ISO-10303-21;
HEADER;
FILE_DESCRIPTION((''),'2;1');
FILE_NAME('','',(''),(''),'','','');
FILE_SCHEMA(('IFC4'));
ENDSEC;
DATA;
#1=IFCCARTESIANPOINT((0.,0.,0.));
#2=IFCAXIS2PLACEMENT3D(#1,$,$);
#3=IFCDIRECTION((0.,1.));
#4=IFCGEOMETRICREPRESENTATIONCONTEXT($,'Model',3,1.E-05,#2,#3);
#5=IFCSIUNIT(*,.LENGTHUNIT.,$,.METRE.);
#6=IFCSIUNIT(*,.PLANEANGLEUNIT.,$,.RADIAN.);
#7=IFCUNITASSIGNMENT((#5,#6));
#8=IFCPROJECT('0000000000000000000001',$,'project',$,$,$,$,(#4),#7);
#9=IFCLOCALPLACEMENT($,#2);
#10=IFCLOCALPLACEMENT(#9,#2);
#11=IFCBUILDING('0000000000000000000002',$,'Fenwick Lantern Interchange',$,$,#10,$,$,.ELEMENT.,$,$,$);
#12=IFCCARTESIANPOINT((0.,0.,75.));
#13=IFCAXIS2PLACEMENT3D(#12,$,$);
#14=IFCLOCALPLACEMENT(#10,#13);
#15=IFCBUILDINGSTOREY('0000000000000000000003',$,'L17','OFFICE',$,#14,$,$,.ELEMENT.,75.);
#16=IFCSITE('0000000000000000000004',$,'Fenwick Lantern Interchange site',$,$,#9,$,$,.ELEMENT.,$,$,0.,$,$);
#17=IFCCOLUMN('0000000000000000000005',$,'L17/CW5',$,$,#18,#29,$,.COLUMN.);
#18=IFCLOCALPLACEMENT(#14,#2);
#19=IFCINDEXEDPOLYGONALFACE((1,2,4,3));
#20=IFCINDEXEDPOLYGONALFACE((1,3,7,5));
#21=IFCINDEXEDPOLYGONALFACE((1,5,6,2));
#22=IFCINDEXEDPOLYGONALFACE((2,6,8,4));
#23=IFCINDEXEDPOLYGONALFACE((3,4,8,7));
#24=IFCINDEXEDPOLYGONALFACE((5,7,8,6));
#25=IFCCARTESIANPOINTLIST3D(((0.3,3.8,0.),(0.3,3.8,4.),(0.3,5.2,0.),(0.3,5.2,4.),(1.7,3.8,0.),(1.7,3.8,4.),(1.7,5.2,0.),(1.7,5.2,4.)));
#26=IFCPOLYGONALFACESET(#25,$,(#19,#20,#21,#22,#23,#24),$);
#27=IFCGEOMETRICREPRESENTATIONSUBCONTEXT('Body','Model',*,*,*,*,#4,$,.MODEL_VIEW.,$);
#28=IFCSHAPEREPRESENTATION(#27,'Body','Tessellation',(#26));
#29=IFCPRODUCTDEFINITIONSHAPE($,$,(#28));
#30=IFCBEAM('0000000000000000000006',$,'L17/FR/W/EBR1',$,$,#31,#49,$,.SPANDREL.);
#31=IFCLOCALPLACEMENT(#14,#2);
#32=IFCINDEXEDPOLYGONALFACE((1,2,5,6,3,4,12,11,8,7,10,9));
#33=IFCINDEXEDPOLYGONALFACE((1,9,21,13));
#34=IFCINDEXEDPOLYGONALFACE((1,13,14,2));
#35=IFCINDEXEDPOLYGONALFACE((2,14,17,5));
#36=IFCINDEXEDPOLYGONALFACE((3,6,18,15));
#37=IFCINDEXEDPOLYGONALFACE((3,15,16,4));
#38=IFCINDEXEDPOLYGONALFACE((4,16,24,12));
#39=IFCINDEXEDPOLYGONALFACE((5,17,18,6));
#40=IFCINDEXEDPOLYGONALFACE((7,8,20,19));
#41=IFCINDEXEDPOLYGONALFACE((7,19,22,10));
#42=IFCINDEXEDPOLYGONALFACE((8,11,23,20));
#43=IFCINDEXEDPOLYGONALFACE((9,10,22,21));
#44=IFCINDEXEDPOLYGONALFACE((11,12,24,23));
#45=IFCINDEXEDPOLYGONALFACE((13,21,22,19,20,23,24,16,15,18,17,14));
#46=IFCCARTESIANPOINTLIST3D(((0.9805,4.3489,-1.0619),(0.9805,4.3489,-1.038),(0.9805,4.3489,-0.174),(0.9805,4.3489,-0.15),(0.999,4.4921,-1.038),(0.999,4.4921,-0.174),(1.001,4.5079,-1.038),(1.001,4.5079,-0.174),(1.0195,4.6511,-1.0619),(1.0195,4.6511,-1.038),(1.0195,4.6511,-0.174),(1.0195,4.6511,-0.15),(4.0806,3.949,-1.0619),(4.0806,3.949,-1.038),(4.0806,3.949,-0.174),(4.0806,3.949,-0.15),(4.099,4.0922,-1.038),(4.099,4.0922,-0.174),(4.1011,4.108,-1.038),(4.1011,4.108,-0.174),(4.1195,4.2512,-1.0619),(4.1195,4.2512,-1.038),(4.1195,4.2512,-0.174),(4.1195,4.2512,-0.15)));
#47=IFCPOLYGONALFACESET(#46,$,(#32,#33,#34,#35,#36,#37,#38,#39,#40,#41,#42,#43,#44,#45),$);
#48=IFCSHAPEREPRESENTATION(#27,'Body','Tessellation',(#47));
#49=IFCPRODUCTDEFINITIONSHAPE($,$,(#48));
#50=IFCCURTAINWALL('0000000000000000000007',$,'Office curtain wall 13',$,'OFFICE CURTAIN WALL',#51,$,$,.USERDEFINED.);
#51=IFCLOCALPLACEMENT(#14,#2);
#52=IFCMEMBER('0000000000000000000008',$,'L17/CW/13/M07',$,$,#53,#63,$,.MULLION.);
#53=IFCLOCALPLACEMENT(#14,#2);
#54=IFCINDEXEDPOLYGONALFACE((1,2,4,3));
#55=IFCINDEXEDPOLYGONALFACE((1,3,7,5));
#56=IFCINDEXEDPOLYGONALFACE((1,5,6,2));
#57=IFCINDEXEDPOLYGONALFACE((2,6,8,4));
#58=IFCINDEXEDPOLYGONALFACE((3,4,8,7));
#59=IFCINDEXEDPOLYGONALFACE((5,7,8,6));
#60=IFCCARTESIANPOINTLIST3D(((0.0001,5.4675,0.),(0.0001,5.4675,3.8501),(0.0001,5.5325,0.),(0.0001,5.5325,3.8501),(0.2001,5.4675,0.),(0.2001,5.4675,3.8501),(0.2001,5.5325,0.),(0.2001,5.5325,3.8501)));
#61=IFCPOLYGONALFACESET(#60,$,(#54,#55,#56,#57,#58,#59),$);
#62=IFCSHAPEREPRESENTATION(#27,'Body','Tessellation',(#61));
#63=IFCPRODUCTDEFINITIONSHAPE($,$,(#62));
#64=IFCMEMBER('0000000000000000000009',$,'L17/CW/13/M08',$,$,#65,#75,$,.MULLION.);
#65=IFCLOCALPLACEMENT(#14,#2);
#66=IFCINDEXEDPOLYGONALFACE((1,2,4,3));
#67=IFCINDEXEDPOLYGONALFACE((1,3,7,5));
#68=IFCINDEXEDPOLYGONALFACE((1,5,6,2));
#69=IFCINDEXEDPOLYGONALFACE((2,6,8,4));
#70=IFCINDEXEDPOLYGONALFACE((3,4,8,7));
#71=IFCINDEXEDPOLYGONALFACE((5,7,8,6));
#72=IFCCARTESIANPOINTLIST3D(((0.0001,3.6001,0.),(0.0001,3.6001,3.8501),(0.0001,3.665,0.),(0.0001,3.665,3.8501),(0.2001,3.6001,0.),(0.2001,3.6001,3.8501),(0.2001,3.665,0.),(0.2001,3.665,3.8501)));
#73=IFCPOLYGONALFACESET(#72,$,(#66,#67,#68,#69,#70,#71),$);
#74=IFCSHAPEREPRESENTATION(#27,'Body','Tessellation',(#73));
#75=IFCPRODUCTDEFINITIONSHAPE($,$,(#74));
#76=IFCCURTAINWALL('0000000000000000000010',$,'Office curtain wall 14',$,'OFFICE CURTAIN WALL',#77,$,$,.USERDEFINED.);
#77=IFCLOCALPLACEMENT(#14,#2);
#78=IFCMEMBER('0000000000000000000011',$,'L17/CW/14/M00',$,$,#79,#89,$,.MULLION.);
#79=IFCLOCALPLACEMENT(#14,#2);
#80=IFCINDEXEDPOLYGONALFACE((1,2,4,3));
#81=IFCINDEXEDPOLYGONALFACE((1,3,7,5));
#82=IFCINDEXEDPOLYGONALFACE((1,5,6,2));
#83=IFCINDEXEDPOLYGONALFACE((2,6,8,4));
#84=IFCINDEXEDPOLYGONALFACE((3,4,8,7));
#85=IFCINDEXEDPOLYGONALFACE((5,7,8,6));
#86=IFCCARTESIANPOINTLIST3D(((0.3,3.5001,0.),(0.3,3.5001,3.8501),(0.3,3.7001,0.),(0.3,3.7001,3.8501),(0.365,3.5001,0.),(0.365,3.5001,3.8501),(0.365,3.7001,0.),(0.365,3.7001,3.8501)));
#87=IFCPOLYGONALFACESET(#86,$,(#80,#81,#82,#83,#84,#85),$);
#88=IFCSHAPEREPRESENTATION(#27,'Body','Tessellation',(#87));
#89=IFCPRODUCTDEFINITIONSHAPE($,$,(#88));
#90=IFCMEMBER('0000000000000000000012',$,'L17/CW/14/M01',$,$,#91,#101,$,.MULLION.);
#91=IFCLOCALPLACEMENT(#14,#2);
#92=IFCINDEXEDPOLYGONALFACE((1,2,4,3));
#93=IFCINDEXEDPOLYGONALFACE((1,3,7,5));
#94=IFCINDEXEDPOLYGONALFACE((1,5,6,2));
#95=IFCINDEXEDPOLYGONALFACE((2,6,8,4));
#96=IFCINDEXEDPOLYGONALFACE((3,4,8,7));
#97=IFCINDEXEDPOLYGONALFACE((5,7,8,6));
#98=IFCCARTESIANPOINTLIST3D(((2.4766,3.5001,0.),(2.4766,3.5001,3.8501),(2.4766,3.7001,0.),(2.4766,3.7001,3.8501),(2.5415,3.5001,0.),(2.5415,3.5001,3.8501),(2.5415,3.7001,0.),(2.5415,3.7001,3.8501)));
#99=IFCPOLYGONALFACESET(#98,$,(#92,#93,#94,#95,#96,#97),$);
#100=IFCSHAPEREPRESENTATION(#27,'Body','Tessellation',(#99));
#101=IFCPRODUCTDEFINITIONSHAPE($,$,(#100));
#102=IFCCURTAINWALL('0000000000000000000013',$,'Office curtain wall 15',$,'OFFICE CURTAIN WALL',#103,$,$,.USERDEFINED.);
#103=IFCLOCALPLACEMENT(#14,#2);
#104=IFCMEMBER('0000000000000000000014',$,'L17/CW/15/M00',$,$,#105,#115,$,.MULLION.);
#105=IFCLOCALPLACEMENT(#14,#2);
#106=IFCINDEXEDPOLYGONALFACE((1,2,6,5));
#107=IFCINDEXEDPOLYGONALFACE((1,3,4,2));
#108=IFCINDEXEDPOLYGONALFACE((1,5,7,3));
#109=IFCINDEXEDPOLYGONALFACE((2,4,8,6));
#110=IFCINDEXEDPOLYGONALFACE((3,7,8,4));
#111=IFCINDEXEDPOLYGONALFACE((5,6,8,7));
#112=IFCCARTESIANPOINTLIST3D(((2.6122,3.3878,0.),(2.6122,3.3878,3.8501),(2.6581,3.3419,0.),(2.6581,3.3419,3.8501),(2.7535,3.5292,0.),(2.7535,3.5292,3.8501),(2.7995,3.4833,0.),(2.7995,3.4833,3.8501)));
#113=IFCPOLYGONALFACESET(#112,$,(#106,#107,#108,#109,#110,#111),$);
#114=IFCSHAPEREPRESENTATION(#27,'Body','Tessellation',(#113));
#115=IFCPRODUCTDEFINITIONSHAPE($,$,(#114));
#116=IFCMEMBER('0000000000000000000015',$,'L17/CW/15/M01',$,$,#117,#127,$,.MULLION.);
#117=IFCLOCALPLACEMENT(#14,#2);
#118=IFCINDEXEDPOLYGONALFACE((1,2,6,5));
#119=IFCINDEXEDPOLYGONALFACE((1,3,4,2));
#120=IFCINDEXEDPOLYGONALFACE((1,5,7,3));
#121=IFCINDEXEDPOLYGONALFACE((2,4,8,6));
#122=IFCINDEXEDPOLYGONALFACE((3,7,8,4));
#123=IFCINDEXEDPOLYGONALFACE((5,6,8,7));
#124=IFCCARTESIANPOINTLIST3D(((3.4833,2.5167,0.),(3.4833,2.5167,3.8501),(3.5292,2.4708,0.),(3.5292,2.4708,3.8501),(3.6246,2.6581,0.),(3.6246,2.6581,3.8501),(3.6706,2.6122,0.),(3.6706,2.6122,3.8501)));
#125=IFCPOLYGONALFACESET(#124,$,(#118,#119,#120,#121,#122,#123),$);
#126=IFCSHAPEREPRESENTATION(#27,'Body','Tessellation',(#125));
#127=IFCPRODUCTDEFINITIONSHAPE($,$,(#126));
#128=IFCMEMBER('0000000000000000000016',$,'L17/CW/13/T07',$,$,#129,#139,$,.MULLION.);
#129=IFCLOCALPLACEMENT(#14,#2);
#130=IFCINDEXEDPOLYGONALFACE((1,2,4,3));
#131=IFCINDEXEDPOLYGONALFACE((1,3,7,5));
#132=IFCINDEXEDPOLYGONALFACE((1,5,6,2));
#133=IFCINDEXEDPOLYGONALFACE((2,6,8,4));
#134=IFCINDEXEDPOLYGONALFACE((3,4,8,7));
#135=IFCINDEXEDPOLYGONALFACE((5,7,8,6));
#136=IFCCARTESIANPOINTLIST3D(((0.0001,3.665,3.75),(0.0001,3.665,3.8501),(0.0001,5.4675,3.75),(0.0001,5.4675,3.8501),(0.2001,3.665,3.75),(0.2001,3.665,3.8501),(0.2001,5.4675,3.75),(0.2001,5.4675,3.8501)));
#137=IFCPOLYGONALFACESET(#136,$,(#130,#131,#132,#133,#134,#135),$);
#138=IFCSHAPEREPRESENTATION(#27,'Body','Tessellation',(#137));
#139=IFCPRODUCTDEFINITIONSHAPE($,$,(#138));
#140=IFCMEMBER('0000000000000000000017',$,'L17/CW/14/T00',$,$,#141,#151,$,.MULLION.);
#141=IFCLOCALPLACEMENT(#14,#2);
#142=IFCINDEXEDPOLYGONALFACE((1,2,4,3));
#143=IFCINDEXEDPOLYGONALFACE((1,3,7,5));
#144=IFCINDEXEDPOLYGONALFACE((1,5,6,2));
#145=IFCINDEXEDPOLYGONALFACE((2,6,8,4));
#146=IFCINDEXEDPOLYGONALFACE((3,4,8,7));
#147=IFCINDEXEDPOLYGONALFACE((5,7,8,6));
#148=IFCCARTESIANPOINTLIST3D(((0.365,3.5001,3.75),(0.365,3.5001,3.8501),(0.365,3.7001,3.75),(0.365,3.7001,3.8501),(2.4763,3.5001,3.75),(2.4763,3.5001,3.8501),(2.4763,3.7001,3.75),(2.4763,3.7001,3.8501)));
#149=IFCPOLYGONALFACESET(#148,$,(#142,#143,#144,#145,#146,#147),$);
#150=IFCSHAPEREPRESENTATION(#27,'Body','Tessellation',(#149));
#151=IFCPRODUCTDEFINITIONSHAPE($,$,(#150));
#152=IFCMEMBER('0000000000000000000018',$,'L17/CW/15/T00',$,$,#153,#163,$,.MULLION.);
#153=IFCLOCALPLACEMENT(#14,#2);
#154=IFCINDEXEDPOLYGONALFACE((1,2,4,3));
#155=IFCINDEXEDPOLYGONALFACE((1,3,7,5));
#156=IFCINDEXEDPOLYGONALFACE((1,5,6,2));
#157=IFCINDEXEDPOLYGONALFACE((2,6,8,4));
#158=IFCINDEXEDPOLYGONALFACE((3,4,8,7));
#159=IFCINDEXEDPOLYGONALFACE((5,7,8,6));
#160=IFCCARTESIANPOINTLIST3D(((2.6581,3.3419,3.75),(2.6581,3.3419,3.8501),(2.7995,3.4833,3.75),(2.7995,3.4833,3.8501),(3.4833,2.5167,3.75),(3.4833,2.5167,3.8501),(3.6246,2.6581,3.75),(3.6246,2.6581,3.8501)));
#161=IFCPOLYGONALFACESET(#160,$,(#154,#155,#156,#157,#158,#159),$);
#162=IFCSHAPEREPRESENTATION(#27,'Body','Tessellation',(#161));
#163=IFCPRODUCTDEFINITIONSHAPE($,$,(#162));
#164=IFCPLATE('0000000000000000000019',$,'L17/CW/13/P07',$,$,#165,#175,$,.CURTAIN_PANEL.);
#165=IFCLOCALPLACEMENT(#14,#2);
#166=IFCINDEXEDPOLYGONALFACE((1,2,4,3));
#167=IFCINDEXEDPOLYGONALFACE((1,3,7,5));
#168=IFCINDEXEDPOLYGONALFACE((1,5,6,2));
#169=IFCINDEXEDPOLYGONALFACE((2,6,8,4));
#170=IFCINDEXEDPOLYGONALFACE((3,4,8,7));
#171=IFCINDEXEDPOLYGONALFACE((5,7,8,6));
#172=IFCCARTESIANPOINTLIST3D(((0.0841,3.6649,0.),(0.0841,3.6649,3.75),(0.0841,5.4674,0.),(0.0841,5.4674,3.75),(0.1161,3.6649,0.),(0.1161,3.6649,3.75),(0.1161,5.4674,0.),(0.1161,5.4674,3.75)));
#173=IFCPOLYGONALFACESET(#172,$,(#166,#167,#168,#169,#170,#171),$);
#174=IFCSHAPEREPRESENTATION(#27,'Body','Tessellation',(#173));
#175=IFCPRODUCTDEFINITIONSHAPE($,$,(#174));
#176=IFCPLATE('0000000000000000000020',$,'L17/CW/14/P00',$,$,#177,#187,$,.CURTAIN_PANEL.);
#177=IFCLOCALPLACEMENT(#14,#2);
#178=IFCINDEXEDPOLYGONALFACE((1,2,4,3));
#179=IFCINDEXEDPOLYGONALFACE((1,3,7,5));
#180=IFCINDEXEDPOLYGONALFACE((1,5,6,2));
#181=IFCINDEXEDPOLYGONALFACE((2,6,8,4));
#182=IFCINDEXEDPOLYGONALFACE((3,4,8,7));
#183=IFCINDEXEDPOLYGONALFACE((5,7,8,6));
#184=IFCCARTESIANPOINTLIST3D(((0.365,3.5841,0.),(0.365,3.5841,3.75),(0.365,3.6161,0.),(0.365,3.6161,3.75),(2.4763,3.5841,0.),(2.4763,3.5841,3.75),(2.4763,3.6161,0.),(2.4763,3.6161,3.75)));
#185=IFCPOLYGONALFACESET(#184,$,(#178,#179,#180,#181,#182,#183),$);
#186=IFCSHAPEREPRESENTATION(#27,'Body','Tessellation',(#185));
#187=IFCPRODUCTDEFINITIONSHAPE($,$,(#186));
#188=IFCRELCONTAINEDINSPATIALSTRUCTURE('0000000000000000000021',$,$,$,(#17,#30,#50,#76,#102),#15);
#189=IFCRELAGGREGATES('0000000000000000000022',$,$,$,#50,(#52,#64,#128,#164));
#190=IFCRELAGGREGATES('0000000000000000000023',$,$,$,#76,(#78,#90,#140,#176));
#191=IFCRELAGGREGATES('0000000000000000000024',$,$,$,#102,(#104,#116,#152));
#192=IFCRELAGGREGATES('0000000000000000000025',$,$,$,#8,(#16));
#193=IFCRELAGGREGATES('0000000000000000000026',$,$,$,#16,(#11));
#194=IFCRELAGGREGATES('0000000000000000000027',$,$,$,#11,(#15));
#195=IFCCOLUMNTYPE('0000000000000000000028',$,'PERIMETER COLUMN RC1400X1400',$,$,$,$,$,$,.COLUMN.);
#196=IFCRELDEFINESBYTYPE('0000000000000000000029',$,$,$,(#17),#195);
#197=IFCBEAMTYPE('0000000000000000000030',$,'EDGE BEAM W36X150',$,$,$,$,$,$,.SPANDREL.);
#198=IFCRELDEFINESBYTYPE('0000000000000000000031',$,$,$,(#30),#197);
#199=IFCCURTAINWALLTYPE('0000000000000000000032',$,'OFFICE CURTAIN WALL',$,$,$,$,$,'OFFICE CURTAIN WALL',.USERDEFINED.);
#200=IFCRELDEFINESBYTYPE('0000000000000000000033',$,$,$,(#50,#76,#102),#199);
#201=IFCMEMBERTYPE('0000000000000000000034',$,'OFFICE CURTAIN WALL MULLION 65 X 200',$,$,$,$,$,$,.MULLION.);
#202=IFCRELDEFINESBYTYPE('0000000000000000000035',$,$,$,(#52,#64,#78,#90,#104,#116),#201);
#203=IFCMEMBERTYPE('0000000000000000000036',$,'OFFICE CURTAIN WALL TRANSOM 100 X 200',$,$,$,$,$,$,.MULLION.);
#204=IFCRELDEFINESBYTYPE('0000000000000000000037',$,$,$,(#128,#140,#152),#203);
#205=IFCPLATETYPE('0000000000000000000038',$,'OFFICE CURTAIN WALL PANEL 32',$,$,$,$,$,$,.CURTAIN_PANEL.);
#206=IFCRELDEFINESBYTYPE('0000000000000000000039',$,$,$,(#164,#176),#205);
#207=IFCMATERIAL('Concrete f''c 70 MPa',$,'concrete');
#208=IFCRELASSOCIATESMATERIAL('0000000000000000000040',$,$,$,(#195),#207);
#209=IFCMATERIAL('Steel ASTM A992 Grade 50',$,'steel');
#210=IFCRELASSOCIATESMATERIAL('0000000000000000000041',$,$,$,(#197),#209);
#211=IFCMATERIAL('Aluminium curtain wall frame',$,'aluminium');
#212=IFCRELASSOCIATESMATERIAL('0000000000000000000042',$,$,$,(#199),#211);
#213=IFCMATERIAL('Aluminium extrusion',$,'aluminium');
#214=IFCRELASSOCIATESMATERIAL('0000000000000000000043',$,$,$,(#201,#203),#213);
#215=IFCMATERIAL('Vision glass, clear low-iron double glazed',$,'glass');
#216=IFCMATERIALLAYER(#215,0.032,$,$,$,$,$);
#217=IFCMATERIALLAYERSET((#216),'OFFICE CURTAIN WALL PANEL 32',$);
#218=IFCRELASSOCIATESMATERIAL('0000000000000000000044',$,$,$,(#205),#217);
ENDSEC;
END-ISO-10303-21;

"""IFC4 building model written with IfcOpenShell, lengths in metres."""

from ifc_helpers import new_model, si_unit, direction, frame, origin, origin_2d, place, context, subcontext, project, spatial, rectangle, i_section, extrude, material, layer, layer_set, material_profile, profile_set, type_object, element, aggregate, save


model = new_model("IFC4")

# Units and contexts
model_context = context("Model", 3, precision=1e-05, world=origin(), true_north=direction((0.0, 1.0)))
body_context = subcontext(model_context, "Body", "Model", "MODEL_VIEW")
ifc_project = project(units=[si_unit("LENGTHUNIT", "METRE"), si_unit("PLANEANGLEUNIT", "RADIAN")], contexts=[model_context])

# Site, building, storey
site_placement = place(None, origin())
site = spatial("IfcSite", under=ifc_project, at=site_placement, Name="Fenwick Lantern Interchange site", CompositionType="ELEMENT", RefElevation=0.0)
building_placement = place(site_placement, origin())
building = spatial("IfcBuilding", under=site, at=building_placement, Name="Fenwick Lantern Interchange", CompositionType="ELEMENT")
storey_placement = place(building_placement, frame((0.0, 0.0, 75.0)))
storey = spatial("IfcBuildingStorey", under=building, at=storey_placement, Name="L17", Description="OFFICE", CompositionType="ELEMENT", Elevation=75.0)

# Column
ifc_material_1 = material(Name="Concrete f'c 70 MPa", Category="concrete")
ifc_material_profile_1 = material_profile(ifc_material_1, rectangle(XDim=1.3999, YDim=1.3999, at=origin_2d()), Name="RC1400X1400")
ifc_profile_set_1 = profile_set([ifc_material_profile_1], Name="Concrete f'c 70 MPa")
column_type = type_object("IfcColumnType", Name="PERIMETER COLUMN RC1400X1400", PredefinedType="COLUMN", material=ifc_profile_set_1)
column_placement = place(storey_placement, frame((1.0, 4.5, 0.0), z_axis=(0.0, 0.0, 1.0), x_axis=(1.0, 0.0, 0.0)))
element("IfcColumn", 1, at=column_placement, inside=storey, type_object=column_type, Name="L17/CW5", PredefinedType="COLUMN", context=body_context, shape_type="SweptSolid", body=[
    extrude(rectangle(XDim=1.3999, YDim=1.3999, at=origin_2d()), origin(), (0.0, 0.0, 1.0), 4.0),
])

# Beam
ifc_material_2 = material(Name="Steel ASTM A992 Grade 50", Category="steel")
ifc_material_profile_2 = material_profile(ifc_material_2, i_section(OverallWidth=0.3047, OverallDepth=0.9119, WebThickness=0.0159, FlangeThickness=0.0239, at=origin_2d()), Name="W36X150")
ifc_profile_set_2 = profile_set([ifc_material_profile_2], Name="Steel ASTM A992 Grade 50")
beam_type = type_object("IfcBeamType", Name="EDGE BEAM W36X150", PredefinedType="SPANDREL", material=ifc_profile_set_2)
beam_placement = place(storey_placement, frame((1.0, 4.5, -0.606), z_axis=(0.991782, -0.127937, 0.0), x_axis=(0.127937, 0.991782, 0.0)))
element("IfcBeam", 2, at=beam_placement, inside=storey, type_object=beam_type, Name="L17/FR/W/EBR1", PredefinedType="SPANDREL", context=body_context, shape_type="SweptSolid", body=[
    extrude(i_section(OverallWidth=0.3047, OverallDepth=0.9119, WebThickness=0.0159, FlangeThickness=0.0239, at=origin_2d()), origin(), (0.0, 0.0, 1.0), 3.1257),
])

# Curtain walls, members
ifc_material_3 = material(Name="Aluminium curtain wall frame", Category="aluminium")
curtain_wall_type = type_object("IfcCurtainWallType", Name="OFFICE CURTAIN WALL", ElementType="OFFICE CURTAIN WALL", PredefinedType="USERDEFINED", material=ifc_material_3)
curtain_wall_1_placement = place(storey_placement, origin())
curtain_wall_1 = element("IfcCurtainWall", 3, at=curtain_wall_1_placement, inside=storey, type_object=curtain_wall_type, Name="Office curtain wall 13", ObjectType="OFFICE CURTAIN WALL", PredefinedType="USERDEFINED")
ifc_material_4 = material(Name="Aluminium extrusion", Category="aluminium")
ifc_material_profile_3 = material_profile(ifc_material_4, rectangle(XDim=0.2, YDim=0.0649, at=origin_2d()), Name="OFFICE CURTAIN WALL MULLION 65 X 200")
ifc_profile_set_3 = profile_set([ifc_material_profile_3], Name="Aluminium extrusion")
member_type_1 = type_object("IfcMemberType", Name="OFFICE CURTAIN WALL MULLION 65 X 200", PredefinedType="MULLION", material=ifc_profile_set_3)
member_1_placement = place(storey_placement, frame((0.1001, 5.5, 0.0), z_axis=(0.0, 0.0, 1.0), x_axis=(1.0, 0.0, 0.0)))
member_1 = element("IfcMember", 4, at=member_1_placement, type_object=member_type_1, Name="L17/CW/13/M07", PredefinedType="MULLION", context=body_context, shape_type="SweptSolid", body=[
    extrude(rectangle(XDim=0.2, YDim=0.0649, at=origin_2d()), origin(), (0.0, 0.0, 1.0), 3.8501),
])
member_2_placement = place(storey_placement, frame((0.1001, 3.6326, 0.0), z_axis=(0.0, 0.0, 1.0), x_axis=(1.0, 0.0, 0.0)))
member_2 = element("IfcMember", 5, at=member_2_placement, type_object=member_type_1, Name="L17/CW/13/M08", PredefinedType="MULLION", context=body_context, shape_type="SweptSolid", body=[
    extrude(rectangle(XDim=0.2, YDim=0.0649, at=origin_2d()), origin(), (0.0, 0.0, 1.0), 3.8501),
])
curtain_wall_2_placement = place(storey_placement, origin())
curtain_wall_2 = element("IfcCurtainWall", 6, at=curtain_wall_2_placement, inside=storey, type_object=curtain_wall_type, Name="Office curtain wall 14", ObjectType="OFFICE CURTAIN WALL", PredefinedType="USERDEFINED")
member_3_placement = place(storey_placement, frame((0.3325, 3.6001, 0.0), z_axis=(0.0, 0.0, 1.0), x_axis=(0.0, 1.0, 0.0)))
member_3 = element("IfcMember", 7, at=member_3_placement, type_object=member_type_1, Name="L17/CW/14/M00", PredefinedType="MULLION", context=body_context, shape_type="SweptSolid", body=[
    extrude(rectangle(XDim=0.2, YDim=0.0649, at=origin_2d()), origin(), (0.0, 0.0, 1.0), 3.8501),
])
member_4_placement = place(storey_placement, frame((2.509, 3.6001, 0.0), z_axis=(0.0, 0.0, 1.0), x_axis=(0.0, 1.0, 0.0)))
member_4 = element("IfcMember", 8, at=member_4_placement, type_object=member_type_1, Name="L17/CW/14/M01", PredefinedType="MULLION", context=body_context, shape_type="SweptSolid", body=[
    extrude(rectangle(XDim=0.2, YDim=0.0649, at=origin_2d()), origin(), (0.0, 0.0, 1.0), 3.8501),
])
curtain_wall_3_placement = place(storey_placement, origin())
curtain_wall_3 = element("IfcCurtainWall", 9, at=curtain_wall_3_placement, inside=storey, type_object=curtain_wall_type, Name="Office curtain wall 15", ObjectType="OFFICE CURTAIN WALL", PredefinedType="USERDEFINED")
member_5_placement = place(storey_placement, frame((2.7058, 3.4355, 0.0), z_axis=(0.0, 0.0, 1.0), x_axis=(0.707107, 0.707107, 0.0)))
member_5 = element("IfcMember", 10, at=member_5_placement, type_object=member_type_1, Name="L17/CW/15/M00", PredefinedType="MULLION", context=body_context, shape_type="SweptSolid", body=[
    extrude(rectangle(XDim=0.2, YDim=0.0649, at=origin_2d()), origin(), (0.0, 0.0, 1.0), 3.8501),
])
member_6_placement = place(storey_placement, frame((3.5769, 2.5645, 0.0), z_axis=(0.0, 0.0, 1.0), x_axis=(0.707107, 0.707107, 0.0)))
member_6 = element("IfcMember", 11, at=member_6_placement, type_object=member_type_1, Name="L17/CW/15/M01", PredefinedType="MULLION", context=body_context, shape_type="SweptSolid", body=[
    extrude(rectangle(XDim=0.2, YDim=0.0649, at=origin_2d()), origin(), (0.0, 0.0, 1.0), 3.8501),
])

# Members
ifc_material_profile_4 = material_profile(ifc_material_4, rectangle(XDim=0.2, YDim=0.1001, at=origin_2d()), Name="OFFICE CURTAIN WALL TRANSOM 100 X 200")
ifc_profile_set_4 = profile_set([ifc_material_profile_4], Name="Aluminium extrusion")
member_type_2 = type_object("IfcMemberType", Name="OFFICE CURTAIN WALL TRANSOM 100 X 200", PredefinedType="MULLION", material=ifc_profile_set_4)
member_7_placement = place(storey_placement, frame((0.1001, 5.4675, 3.8), z_axis=(0.0, -1.0, 0.0), x_axis=(1.0, 0.0, 0.0)))
member_7 = element("IfcMember", 12, at=member_7_placement, type_object=member_type_2, Name="L17/CW/13/T07", PredefinedType="MULLION", context=body_context, shape_type="SweptSolid", body=[
    extrude(rectangle(XDim=0.2, YDim=0.1001, at=origin_2d()), origin(), (0.0, 0.0, 1.0), 1.8025),
])
member_8_placement = place(storey_placement, frame((0.365, 3.6001, 3.8), z_axis=(1.0, 0.0, 0.0), x_axis=(0.0, 1.0, 0.0)))
member_8 = element("IfcMember", 13, at=member_8_placement, type_object=member_type_2, Name="L17/CW/14/T00", PredefinedType="MULLION", context=body_context, shape_type="SweptSolid", body=[
    extrude(rectangle(XDim=0.2, YDim=0.1001, at=origin_2d()), origin(), (0.0, 0.0, 1.0), 2.1113),
])
member_9_placement = place(storey_placement, frame((2.7288, 3.4126, 3.8), z_axis=(0.707107, -0.707107, 0.0), x_axis=(0.707107, 0.707107, 0.0)))
member_9 = element("IfcMember", 14, at=member_9_placement, type_object=member_type_2, Name="L17/CW/15/T00", PredefinedType="MULLION", context=body_context, shape_type="SweptSolid", body=[
    extrude(rectangle(XDim=0.2, YDim=0.1001, at=origin_2d()), origin(), (0.0, 0.0, 1.0), 1.167),
])

# Shared definitions
ifc_material_5 = material(Name="Vision glass, clear low-iron double glazed", Category="glass")
ifc_layer_1 = layer(ifc_material_5, 0.032)
ifc_layer_set_1 = layer_set([ifc_layer_1], Name="OFFICE CURTAIN WALL PANEL 32")
plate_type = type_object("IfcPlateType", Name="OFFICE CURTAIN WALL PANEL 32", PredefinedType="CURTAIN_PANEL", material=ifc_layer_set_1)

# Plates
plate_1_placement = place(storey_placement, frame((0.1001, 4.5662, 0.0), z_axis=(0.0, 0.0, 1.0), x_axis=(0.0, -1.0, 0.0)))
plate_1 = element("IfcPlate", 15, at=plate_1_placement, type_object=plate_type, Name="L17/CW/13/P07", PredefinedType="CURTAIN_PANEL", context=body_context, shape_type="SweptSolid", body=[
    extrude(rectangle(XDim=1.8025, YDim=0.032, at=origin_2d()), origin(), (0.0, 0.0, 1.0), 3.75),
])
aggregate(curtain_wall_1, [member_1, member_2, member_7, plate_1])
plate_2_placement = place(storey_placement, frame((1.4207, 3.6001, 0.0), z_axis=(0.0, 0.0, 1.0), x_axis=(1.0, 0.0, 0.0)))
plate_2 = element("IfcPlate", 16, at=plate_2_placement, type_object=plate_type, Name="L17/CW/14/P00", PredefinedType="CURTAIN_PANEL", context=body_context, shape_type="SweptSolid", body=[
    extrude(rectangle(XDim=2.1113, YDim=0.032, at=origin_2d()), origin(), (0.0, 0.0, 1.0), 3.75),
])
aggregate(curtain_wall_2, [member_3, member_4, member_8, plate_2])
aggregate(curtain_wall_3, [member_5, member_6, member_9])

save(model, "model.ifc")
